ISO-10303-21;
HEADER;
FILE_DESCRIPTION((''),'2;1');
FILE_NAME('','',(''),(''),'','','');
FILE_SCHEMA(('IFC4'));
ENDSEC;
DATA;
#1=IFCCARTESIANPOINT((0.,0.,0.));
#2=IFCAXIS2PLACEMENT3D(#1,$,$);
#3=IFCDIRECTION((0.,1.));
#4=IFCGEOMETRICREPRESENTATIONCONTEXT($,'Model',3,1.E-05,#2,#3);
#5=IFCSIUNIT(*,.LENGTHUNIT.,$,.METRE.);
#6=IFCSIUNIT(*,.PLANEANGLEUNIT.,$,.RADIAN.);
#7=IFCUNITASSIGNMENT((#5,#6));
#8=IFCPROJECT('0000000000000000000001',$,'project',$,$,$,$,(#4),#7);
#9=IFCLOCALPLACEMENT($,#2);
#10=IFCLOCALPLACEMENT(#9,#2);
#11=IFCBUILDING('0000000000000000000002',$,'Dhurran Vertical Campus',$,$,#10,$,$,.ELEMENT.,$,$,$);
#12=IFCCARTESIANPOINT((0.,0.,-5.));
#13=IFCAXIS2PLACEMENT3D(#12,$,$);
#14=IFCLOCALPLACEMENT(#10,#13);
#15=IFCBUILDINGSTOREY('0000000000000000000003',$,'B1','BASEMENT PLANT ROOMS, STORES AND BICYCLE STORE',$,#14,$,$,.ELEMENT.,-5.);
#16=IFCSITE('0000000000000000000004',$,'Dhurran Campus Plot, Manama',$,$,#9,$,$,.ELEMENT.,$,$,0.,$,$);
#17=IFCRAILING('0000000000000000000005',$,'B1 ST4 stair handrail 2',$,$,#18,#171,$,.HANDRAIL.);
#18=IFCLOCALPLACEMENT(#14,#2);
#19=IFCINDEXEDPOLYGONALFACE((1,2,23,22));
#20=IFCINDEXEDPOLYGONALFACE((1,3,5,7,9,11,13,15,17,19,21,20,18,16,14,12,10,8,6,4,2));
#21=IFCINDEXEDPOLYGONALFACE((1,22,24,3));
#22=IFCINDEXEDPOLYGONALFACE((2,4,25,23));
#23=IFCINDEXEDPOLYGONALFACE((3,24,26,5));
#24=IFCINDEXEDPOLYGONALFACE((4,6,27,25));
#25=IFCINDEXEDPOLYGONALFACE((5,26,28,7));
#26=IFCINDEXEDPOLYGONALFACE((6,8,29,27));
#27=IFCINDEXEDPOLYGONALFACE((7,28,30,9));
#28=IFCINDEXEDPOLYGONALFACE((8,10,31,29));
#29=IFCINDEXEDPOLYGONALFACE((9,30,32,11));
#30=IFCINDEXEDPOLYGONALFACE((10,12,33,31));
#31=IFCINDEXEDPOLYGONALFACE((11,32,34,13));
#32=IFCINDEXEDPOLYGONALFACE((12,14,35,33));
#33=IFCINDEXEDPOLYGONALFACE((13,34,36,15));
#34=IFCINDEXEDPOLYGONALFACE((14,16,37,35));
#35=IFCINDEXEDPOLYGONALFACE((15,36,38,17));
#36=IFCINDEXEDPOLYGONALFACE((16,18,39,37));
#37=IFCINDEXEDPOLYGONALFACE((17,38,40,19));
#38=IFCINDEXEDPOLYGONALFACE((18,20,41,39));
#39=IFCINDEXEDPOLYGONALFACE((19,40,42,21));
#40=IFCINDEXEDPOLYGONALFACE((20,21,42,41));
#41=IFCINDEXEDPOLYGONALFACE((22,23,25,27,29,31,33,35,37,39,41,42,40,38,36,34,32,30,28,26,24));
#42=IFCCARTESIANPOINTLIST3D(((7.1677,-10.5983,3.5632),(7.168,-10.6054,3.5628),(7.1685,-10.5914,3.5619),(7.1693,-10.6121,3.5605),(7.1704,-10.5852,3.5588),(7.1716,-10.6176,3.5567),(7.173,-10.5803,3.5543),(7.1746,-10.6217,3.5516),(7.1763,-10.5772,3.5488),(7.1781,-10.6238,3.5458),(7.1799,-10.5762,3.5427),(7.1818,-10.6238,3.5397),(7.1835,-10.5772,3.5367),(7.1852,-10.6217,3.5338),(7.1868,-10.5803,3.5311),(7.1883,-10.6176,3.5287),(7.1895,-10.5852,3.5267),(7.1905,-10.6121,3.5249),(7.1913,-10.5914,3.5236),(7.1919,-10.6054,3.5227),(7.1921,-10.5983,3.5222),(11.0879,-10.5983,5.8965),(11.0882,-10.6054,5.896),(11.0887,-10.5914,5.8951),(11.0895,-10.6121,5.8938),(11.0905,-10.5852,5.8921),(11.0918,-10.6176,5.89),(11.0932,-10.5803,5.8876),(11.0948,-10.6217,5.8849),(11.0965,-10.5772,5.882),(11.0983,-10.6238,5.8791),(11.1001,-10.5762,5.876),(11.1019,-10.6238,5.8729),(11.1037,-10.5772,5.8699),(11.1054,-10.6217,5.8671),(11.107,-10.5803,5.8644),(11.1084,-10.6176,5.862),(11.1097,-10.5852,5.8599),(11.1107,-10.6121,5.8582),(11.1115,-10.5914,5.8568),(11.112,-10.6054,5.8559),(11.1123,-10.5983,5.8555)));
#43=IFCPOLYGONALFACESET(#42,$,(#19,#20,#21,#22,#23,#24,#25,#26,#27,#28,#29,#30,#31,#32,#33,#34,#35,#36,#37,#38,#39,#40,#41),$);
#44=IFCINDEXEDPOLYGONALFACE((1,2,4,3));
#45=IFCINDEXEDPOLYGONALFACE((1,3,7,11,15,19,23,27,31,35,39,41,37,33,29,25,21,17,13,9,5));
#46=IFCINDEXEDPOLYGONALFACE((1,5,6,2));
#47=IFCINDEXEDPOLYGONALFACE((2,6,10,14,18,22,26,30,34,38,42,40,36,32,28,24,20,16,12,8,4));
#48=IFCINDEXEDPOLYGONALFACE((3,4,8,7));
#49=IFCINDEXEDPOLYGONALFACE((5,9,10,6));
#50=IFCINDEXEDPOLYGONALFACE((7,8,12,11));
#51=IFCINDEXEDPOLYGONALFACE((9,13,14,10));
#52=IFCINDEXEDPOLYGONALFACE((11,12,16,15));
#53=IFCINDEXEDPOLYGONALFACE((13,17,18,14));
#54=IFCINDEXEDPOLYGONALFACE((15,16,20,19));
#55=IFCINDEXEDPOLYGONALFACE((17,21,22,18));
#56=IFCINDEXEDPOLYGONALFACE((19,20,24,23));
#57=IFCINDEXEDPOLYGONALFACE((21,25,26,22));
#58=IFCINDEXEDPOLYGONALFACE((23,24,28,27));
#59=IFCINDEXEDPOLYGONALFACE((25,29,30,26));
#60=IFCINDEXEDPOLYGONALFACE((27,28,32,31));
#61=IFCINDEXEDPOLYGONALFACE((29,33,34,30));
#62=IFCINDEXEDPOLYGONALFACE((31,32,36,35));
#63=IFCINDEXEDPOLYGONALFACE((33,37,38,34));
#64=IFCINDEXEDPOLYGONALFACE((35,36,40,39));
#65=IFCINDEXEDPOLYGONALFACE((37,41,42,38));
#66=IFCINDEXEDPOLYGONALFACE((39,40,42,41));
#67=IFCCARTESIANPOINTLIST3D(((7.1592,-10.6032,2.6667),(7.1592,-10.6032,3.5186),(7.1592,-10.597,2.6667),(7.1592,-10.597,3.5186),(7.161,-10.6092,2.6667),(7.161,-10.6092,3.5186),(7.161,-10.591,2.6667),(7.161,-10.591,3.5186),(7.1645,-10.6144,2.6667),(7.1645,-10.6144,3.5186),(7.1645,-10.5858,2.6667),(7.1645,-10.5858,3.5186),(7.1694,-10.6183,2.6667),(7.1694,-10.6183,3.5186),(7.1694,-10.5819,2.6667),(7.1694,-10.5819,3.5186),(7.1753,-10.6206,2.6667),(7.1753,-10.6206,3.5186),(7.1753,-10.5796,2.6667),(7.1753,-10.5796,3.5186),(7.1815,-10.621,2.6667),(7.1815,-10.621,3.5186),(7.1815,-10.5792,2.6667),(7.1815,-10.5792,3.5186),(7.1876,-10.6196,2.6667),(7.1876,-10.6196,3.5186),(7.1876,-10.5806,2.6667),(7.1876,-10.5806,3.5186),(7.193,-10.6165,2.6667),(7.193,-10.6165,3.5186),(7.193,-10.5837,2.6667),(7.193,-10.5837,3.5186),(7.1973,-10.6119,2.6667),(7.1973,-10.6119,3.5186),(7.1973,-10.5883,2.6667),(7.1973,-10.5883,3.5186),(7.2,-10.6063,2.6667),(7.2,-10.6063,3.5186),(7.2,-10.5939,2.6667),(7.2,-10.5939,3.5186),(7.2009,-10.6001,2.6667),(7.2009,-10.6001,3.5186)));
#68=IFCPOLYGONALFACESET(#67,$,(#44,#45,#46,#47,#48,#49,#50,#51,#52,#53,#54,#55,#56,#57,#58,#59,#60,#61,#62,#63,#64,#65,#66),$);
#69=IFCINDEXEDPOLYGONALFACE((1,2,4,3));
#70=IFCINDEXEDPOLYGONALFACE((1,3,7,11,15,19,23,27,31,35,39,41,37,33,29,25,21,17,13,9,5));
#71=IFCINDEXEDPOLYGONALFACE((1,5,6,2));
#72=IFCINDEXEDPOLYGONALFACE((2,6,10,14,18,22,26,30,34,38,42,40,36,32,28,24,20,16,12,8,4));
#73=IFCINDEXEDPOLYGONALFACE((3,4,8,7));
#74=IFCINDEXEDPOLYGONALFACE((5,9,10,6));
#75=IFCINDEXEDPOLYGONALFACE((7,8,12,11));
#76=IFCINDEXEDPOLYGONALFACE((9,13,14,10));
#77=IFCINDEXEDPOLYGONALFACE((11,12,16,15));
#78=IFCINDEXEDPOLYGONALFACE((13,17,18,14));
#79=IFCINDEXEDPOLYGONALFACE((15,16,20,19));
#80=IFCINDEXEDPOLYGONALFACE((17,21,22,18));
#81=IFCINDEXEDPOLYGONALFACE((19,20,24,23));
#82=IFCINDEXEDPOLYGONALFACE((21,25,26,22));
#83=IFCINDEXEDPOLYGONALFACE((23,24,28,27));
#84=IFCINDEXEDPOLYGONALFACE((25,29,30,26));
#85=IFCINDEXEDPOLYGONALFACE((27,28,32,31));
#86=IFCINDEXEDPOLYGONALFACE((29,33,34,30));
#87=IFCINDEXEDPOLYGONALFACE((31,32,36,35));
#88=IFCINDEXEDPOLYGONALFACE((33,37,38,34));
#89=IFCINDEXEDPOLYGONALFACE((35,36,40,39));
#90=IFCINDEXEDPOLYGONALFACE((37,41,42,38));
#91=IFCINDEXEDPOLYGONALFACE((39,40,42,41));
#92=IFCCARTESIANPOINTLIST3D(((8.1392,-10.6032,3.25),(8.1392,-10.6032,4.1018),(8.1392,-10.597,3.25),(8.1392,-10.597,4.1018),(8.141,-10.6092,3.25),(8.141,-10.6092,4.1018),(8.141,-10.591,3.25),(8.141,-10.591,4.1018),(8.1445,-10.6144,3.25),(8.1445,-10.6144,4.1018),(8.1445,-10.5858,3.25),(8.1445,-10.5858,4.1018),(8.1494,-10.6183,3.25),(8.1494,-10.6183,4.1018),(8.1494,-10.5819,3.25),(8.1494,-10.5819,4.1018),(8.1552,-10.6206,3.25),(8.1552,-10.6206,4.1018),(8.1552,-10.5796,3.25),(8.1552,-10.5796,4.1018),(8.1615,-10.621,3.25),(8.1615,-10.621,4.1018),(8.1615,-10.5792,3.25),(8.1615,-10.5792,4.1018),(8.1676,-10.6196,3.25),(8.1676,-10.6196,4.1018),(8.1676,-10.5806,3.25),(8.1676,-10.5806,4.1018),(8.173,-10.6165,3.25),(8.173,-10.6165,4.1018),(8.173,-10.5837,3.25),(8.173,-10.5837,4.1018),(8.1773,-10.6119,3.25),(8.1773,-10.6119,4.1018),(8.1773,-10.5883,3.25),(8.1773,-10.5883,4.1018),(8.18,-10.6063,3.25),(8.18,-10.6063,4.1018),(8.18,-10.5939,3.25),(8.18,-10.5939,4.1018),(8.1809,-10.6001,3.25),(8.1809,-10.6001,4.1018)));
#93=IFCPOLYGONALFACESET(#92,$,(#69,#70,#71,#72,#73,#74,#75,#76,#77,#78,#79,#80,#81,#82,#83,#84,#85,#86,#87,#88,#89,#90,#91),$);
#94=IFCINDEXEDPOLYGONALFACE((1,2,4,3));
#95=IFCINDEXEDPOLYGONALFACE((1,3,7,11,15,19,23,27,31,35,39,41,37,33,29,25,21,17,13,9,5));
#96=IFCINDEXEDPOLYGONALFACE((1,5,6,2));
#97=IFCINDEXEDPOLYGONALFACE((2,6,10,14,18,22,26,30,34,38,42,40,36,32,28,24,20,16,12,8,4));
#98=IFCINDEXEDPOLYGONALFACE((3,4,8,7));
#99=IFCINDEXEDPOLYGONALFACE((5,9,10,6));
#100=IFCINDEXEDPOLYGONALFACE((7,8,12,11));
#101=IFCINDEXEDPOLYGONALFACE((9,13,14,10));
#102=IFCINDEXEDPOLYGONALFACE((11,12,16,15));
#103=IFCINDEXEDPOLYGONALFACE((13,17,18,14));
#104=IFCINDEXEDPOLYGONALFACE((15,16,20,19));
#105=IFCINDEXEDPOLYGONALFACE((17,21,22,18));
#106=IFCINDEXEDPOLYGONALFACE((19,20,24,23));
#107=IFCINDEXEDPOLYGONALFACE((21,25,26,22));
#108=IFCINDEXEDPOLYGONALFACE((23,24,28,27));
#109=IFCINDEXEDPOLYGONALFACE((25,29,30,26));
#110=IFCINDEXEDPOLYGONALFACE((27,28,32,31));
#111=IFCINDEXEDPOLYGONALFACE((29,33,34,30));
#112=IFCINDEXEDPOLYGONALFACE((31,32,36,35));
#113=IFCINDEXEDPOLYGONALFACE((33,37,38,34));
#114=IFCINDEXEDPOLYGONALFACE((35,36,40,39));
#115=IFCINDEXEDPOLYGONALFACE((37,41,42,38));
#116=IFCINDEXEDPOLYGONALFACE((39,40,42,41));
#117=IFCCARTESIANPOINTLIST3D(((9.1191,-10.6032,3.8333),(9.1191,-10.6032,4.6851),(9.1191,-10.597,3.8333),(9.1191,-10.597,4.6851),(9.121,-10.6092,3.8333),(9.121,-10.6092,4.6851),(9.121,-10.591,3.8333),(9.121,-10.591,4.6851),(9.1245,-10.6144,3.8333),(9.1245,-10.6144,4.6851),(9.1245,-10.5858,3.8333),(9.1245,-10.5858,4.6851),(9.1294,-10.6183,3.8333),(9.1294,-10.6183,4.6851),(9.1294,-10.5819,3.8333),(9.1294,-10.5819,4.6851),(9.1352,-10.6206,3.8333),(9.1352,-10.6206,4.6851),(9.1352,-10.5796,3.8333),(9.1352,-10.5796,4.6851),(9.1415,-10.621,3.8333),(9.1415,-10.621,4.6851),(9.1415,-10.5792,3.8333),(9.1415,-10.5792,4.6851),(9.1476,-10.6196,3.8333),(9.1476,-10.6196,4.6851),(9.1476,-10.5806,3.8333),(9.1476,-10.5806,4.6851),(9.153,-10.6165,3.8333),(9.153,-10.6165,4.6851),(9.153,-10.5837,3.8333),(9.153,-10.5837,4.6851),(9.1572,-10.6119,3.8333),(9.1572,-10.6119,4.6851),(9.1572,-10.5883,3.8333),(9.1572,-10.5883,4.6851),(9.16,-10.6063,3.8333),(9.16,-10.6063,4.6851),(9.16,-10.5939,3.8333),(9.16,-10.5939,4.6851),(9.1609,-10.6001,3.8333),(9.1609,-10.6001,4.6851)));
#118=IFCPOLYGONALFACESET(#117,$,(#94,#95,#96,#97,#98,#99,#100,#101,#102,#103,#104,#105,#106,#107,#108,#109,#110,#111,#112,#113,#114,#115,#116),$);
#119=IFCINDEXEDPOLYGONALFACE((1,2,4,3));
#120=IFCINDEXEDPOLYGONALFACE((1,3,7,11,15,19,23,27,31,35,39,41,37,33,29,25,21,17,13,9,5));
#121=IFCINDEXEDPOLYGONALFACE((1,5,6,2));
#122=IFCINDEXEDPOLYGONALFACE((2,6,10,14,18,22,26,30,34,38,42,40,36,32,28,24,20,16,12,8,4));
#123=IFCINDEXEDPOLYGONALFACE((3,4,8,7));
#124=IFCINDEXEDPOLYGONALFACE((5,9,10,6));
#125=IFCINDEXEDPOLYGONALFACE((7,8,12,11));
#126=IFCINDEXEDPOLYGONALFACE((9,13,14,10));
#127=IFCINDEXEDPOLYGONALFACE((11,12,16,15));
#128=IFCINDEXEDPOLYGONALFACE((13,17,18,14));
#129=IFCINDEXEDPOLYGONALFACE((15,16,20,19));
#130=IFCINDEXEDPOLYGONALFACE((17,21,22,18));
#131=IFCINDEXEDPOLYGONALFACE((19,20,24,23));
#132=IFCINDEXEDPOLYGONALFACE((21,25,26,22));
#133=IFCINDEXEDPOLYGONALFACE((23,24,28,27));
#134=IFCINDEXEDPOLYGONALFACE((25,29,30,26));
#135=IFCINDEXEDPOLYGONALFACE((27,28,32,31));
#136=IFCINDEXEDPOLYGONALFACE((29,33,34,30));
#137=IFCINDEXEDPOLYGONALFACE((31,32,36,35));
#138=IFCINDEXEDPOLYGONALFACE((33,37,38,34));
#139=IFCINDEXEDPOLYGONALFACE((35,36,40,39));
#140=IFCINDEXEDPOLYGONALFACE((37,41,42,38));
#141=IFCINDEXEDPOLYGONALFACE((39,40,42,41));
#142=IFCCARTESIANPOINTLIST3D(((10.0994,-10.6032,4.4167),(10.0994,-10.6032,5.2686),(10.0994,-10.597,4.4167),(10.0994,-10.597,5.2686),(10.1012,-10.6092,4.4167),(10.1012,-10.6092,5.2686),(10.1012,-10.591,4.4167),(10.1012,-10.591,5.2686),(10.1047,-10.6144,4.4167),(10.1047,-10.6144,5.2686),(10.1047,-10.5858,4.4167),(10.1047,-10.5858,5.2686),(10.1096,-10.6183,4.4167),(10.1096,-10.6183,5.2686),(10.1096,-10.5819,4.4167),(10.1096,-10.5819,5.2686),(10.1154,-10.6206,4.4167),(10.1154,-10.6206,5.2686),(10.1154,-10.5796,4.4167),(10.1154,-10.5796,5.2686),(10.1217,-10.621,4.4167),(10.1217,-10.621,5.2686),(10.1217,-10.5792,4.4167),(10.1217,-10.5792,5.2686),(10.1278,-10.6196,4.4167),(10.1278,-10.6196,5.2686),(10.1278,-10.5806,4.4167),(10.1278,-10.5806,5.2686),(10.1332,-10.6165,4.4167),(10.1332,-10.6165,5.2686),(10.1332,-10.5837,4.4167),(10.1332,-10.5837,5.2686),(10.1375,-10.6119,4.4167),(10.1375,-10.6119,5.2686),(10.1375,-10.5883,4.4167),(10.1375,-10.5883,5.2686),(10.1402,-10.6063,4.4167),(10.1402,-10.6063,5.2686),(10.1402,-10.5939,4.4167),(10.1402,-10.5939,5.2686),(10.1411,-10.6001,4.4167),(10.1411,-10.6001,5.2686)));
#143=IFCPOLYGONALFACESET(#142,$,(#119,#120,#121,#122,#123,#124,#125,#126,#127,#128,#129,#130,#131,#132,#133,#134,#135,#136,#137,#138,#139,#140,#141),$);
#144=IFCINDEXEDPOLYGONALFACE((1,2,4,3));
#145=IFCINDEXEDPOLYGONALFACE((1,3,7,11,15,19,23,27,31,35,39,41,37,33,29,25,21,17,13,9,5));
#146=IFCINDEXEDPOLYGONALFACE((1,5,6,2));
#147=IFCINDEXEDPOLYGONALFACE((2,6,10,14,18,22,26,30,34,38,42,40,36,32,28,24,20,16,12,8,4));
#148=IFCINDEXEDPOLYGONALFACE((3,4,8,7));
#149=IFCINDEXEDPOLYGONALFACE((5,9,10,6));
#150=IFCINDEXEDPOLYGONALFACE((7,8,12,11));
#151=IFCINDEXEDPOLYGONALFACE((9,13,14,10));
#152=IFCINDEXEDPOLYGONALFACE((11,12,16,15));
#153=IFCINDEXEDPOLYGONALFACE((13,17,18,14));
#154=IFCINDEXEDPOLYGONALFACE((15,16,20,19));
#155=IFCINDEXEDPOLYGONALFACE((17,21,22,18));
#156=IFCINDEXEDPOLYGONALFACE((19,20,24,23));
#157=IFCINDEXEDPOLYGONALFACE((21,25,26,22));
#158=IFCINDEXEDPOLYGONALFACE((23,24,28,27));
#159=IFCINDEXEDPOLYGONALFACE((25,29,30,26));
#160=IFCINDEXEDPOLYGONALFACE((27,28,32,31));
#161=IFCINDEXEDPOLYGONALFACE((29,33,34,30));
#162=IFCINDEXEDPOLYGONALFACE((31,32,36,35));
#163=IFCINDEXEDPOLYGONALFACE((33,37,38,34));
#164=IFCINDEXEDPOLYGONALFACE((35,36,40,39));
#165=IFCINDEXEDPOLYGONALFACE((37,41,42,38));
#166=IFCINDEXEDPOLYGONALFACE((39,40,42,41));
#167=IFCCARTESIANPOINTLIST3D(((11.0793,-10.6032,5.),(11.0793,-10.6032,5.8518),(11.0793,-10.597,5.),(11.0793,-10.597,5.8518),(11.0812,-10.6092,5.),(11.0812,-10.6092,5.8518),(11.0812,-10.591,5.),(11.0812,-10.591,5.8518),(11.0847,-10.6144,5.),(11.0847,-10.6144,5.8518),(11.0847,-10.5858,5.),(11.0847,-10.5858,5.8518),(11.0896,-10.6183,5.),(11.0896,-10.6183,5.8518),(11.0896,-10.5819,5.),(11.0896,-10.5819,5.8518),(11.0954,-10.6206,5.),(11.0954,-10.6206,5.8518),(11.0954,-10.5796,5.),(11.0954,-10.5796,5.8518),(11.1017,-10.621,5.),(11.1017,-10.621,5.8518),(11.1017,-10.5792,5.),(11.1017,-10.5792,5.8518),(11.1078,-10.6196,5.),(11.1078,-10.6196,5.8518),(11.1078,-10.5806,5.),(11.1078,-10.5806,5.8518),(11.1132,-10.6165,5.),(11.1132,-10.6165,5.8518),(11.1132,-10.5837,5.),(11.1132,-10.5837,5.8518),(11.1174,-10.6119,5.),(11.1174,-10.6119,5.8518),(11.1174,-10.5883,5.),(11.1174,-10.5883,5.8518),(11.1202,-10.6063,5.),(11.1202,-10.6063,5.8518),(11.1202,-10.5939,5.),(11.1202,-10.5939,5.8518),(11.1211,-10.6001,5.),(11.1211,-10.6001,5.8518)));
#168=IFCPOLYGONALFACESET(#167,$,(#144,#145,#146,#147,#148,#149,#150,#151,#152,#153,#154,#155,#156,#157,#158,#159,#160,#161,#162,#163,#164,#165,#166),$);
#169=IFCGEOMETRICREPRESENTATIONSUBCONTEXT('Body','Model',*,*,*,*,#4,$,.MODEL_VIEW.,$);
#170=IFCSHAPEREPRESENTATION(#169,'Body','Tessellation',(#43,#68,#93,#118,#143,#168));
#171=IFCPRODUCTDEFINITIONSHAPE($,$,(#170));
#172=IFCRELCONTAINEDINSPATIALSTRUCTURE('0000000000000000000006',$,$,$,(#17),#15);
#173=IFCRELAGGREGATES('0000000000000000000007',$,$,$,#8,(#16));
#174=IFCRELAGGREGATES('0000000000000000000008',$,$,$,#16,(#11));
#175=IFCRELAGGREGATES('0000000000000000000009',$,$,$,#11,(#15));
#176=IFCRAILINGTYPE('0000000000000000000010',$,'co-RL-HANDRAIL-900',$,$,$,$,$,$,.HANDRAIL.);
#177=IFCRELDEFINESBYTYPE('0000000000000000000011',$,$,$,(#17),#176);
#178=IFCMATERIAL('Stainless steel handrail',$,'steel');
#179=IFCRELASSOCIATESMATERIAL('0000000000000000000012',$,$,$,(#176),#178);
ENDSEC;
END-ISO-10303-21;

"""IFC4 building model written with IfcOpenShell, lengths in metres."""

from ifc_helpers import new_model, si_unit, direction, frame, origin, origin_2d, place, context, subcontext, project, spatial, circle, extrude, material, type_object, element, save


model = new_model("IFC4")

# Units and contexts
model_context = context("Model", 3, precision=1e-05, world=origin(), true_north=direction((0.0, 1.0)))
body_context = subcontext(model_context, "Body", "Model", "MODEL_VIEW")
ifc_project = project(units=[si_unit("LENGTHUNIT", "METRE"), si_unit("PLANEANGLEUNIT", "RADIAN")], contexts=[model_context])

# Site, building, storey
site_placement = place(None, origin())
site = spatial("IfcSite", under=ifc_project, at=site_placement, Name="Dhurran Campus Plot, Manama", CompositionType="ELEMENT", RefElevation=0.0)
building_placement = place(site_placement, origin())
building = spatial("IfcBuilding", under=site, at=building_placement, Name="Dhurran Vertical Campus", CompositionType="ELEMENT")
storey_placement = place(building_placement, frame((0.0, 0.0, -5.0)))
storey = spatial("IfcBuildingStorey", under=building, at=storey_placement, Name="B1", Description="BASEMENT PLANT ROOMS, STORES AND BICYCLE STORE", CompositionType="ELEMENT", Elevation=-5.0)

# Railing
ifc_material_1 = material(Name="Stainless steel handrail", Category="steel")
railing_type = type_object("IfcRailingType", Name="co-RL-HANDRAIL-900", PredefinedType="HANDRAIL", material=ifc_material_1)
railing_placement = place(storey_placement, frame((7.1799, -10.6001, 2.6667)))
element("IfcRailing", 1, at=railing_placement, inside=storey, type_object=railing_type, Name="B1 ST4 stair handrail 2", PredefinedType="HANDRAIL", context=body_context, shape_type="SweptSolid", body=[
    extrude(circle(Radius=0.0239, at=origin_2d()), frame((0.0, 0.0, 0.876), z_axis=(0.85931, 0.0, 0.511455), x_axis=(0.0, 1.0, 0.0)), (0.0, 0.0, 1.0), 4.562),
    extrude(circle(Radius=0.021, at=origin_2d()), origin(), (0.0, 0.0, 1.0), 0.8518),
    extrude(circle(Radius=0.021, at=origin_2d()), frame((0.98, 0.0, 0.5833)), (0.0, 0.0, 1.0), 0.8518),
    extrude(circle(Radius=0.021, at=origin_2d()), frame((1.96, 0.0, 1.1665)), (0.0, 0.0, 1.0), 0.8518),
    extrude(circle(Radius=0.021, at=origin_2d()), frame((2.9402, 0.0, 1.75)), (0.0, 0.0, 1.0), 0.8518),
    extrude(circle(Radius=0.021, at=origin_2d()), frame((3.9202, 0.0, 2.3333)), (0.0, 0.0, 1.0), 0.8518),
])

save(model, "model.ifc")
